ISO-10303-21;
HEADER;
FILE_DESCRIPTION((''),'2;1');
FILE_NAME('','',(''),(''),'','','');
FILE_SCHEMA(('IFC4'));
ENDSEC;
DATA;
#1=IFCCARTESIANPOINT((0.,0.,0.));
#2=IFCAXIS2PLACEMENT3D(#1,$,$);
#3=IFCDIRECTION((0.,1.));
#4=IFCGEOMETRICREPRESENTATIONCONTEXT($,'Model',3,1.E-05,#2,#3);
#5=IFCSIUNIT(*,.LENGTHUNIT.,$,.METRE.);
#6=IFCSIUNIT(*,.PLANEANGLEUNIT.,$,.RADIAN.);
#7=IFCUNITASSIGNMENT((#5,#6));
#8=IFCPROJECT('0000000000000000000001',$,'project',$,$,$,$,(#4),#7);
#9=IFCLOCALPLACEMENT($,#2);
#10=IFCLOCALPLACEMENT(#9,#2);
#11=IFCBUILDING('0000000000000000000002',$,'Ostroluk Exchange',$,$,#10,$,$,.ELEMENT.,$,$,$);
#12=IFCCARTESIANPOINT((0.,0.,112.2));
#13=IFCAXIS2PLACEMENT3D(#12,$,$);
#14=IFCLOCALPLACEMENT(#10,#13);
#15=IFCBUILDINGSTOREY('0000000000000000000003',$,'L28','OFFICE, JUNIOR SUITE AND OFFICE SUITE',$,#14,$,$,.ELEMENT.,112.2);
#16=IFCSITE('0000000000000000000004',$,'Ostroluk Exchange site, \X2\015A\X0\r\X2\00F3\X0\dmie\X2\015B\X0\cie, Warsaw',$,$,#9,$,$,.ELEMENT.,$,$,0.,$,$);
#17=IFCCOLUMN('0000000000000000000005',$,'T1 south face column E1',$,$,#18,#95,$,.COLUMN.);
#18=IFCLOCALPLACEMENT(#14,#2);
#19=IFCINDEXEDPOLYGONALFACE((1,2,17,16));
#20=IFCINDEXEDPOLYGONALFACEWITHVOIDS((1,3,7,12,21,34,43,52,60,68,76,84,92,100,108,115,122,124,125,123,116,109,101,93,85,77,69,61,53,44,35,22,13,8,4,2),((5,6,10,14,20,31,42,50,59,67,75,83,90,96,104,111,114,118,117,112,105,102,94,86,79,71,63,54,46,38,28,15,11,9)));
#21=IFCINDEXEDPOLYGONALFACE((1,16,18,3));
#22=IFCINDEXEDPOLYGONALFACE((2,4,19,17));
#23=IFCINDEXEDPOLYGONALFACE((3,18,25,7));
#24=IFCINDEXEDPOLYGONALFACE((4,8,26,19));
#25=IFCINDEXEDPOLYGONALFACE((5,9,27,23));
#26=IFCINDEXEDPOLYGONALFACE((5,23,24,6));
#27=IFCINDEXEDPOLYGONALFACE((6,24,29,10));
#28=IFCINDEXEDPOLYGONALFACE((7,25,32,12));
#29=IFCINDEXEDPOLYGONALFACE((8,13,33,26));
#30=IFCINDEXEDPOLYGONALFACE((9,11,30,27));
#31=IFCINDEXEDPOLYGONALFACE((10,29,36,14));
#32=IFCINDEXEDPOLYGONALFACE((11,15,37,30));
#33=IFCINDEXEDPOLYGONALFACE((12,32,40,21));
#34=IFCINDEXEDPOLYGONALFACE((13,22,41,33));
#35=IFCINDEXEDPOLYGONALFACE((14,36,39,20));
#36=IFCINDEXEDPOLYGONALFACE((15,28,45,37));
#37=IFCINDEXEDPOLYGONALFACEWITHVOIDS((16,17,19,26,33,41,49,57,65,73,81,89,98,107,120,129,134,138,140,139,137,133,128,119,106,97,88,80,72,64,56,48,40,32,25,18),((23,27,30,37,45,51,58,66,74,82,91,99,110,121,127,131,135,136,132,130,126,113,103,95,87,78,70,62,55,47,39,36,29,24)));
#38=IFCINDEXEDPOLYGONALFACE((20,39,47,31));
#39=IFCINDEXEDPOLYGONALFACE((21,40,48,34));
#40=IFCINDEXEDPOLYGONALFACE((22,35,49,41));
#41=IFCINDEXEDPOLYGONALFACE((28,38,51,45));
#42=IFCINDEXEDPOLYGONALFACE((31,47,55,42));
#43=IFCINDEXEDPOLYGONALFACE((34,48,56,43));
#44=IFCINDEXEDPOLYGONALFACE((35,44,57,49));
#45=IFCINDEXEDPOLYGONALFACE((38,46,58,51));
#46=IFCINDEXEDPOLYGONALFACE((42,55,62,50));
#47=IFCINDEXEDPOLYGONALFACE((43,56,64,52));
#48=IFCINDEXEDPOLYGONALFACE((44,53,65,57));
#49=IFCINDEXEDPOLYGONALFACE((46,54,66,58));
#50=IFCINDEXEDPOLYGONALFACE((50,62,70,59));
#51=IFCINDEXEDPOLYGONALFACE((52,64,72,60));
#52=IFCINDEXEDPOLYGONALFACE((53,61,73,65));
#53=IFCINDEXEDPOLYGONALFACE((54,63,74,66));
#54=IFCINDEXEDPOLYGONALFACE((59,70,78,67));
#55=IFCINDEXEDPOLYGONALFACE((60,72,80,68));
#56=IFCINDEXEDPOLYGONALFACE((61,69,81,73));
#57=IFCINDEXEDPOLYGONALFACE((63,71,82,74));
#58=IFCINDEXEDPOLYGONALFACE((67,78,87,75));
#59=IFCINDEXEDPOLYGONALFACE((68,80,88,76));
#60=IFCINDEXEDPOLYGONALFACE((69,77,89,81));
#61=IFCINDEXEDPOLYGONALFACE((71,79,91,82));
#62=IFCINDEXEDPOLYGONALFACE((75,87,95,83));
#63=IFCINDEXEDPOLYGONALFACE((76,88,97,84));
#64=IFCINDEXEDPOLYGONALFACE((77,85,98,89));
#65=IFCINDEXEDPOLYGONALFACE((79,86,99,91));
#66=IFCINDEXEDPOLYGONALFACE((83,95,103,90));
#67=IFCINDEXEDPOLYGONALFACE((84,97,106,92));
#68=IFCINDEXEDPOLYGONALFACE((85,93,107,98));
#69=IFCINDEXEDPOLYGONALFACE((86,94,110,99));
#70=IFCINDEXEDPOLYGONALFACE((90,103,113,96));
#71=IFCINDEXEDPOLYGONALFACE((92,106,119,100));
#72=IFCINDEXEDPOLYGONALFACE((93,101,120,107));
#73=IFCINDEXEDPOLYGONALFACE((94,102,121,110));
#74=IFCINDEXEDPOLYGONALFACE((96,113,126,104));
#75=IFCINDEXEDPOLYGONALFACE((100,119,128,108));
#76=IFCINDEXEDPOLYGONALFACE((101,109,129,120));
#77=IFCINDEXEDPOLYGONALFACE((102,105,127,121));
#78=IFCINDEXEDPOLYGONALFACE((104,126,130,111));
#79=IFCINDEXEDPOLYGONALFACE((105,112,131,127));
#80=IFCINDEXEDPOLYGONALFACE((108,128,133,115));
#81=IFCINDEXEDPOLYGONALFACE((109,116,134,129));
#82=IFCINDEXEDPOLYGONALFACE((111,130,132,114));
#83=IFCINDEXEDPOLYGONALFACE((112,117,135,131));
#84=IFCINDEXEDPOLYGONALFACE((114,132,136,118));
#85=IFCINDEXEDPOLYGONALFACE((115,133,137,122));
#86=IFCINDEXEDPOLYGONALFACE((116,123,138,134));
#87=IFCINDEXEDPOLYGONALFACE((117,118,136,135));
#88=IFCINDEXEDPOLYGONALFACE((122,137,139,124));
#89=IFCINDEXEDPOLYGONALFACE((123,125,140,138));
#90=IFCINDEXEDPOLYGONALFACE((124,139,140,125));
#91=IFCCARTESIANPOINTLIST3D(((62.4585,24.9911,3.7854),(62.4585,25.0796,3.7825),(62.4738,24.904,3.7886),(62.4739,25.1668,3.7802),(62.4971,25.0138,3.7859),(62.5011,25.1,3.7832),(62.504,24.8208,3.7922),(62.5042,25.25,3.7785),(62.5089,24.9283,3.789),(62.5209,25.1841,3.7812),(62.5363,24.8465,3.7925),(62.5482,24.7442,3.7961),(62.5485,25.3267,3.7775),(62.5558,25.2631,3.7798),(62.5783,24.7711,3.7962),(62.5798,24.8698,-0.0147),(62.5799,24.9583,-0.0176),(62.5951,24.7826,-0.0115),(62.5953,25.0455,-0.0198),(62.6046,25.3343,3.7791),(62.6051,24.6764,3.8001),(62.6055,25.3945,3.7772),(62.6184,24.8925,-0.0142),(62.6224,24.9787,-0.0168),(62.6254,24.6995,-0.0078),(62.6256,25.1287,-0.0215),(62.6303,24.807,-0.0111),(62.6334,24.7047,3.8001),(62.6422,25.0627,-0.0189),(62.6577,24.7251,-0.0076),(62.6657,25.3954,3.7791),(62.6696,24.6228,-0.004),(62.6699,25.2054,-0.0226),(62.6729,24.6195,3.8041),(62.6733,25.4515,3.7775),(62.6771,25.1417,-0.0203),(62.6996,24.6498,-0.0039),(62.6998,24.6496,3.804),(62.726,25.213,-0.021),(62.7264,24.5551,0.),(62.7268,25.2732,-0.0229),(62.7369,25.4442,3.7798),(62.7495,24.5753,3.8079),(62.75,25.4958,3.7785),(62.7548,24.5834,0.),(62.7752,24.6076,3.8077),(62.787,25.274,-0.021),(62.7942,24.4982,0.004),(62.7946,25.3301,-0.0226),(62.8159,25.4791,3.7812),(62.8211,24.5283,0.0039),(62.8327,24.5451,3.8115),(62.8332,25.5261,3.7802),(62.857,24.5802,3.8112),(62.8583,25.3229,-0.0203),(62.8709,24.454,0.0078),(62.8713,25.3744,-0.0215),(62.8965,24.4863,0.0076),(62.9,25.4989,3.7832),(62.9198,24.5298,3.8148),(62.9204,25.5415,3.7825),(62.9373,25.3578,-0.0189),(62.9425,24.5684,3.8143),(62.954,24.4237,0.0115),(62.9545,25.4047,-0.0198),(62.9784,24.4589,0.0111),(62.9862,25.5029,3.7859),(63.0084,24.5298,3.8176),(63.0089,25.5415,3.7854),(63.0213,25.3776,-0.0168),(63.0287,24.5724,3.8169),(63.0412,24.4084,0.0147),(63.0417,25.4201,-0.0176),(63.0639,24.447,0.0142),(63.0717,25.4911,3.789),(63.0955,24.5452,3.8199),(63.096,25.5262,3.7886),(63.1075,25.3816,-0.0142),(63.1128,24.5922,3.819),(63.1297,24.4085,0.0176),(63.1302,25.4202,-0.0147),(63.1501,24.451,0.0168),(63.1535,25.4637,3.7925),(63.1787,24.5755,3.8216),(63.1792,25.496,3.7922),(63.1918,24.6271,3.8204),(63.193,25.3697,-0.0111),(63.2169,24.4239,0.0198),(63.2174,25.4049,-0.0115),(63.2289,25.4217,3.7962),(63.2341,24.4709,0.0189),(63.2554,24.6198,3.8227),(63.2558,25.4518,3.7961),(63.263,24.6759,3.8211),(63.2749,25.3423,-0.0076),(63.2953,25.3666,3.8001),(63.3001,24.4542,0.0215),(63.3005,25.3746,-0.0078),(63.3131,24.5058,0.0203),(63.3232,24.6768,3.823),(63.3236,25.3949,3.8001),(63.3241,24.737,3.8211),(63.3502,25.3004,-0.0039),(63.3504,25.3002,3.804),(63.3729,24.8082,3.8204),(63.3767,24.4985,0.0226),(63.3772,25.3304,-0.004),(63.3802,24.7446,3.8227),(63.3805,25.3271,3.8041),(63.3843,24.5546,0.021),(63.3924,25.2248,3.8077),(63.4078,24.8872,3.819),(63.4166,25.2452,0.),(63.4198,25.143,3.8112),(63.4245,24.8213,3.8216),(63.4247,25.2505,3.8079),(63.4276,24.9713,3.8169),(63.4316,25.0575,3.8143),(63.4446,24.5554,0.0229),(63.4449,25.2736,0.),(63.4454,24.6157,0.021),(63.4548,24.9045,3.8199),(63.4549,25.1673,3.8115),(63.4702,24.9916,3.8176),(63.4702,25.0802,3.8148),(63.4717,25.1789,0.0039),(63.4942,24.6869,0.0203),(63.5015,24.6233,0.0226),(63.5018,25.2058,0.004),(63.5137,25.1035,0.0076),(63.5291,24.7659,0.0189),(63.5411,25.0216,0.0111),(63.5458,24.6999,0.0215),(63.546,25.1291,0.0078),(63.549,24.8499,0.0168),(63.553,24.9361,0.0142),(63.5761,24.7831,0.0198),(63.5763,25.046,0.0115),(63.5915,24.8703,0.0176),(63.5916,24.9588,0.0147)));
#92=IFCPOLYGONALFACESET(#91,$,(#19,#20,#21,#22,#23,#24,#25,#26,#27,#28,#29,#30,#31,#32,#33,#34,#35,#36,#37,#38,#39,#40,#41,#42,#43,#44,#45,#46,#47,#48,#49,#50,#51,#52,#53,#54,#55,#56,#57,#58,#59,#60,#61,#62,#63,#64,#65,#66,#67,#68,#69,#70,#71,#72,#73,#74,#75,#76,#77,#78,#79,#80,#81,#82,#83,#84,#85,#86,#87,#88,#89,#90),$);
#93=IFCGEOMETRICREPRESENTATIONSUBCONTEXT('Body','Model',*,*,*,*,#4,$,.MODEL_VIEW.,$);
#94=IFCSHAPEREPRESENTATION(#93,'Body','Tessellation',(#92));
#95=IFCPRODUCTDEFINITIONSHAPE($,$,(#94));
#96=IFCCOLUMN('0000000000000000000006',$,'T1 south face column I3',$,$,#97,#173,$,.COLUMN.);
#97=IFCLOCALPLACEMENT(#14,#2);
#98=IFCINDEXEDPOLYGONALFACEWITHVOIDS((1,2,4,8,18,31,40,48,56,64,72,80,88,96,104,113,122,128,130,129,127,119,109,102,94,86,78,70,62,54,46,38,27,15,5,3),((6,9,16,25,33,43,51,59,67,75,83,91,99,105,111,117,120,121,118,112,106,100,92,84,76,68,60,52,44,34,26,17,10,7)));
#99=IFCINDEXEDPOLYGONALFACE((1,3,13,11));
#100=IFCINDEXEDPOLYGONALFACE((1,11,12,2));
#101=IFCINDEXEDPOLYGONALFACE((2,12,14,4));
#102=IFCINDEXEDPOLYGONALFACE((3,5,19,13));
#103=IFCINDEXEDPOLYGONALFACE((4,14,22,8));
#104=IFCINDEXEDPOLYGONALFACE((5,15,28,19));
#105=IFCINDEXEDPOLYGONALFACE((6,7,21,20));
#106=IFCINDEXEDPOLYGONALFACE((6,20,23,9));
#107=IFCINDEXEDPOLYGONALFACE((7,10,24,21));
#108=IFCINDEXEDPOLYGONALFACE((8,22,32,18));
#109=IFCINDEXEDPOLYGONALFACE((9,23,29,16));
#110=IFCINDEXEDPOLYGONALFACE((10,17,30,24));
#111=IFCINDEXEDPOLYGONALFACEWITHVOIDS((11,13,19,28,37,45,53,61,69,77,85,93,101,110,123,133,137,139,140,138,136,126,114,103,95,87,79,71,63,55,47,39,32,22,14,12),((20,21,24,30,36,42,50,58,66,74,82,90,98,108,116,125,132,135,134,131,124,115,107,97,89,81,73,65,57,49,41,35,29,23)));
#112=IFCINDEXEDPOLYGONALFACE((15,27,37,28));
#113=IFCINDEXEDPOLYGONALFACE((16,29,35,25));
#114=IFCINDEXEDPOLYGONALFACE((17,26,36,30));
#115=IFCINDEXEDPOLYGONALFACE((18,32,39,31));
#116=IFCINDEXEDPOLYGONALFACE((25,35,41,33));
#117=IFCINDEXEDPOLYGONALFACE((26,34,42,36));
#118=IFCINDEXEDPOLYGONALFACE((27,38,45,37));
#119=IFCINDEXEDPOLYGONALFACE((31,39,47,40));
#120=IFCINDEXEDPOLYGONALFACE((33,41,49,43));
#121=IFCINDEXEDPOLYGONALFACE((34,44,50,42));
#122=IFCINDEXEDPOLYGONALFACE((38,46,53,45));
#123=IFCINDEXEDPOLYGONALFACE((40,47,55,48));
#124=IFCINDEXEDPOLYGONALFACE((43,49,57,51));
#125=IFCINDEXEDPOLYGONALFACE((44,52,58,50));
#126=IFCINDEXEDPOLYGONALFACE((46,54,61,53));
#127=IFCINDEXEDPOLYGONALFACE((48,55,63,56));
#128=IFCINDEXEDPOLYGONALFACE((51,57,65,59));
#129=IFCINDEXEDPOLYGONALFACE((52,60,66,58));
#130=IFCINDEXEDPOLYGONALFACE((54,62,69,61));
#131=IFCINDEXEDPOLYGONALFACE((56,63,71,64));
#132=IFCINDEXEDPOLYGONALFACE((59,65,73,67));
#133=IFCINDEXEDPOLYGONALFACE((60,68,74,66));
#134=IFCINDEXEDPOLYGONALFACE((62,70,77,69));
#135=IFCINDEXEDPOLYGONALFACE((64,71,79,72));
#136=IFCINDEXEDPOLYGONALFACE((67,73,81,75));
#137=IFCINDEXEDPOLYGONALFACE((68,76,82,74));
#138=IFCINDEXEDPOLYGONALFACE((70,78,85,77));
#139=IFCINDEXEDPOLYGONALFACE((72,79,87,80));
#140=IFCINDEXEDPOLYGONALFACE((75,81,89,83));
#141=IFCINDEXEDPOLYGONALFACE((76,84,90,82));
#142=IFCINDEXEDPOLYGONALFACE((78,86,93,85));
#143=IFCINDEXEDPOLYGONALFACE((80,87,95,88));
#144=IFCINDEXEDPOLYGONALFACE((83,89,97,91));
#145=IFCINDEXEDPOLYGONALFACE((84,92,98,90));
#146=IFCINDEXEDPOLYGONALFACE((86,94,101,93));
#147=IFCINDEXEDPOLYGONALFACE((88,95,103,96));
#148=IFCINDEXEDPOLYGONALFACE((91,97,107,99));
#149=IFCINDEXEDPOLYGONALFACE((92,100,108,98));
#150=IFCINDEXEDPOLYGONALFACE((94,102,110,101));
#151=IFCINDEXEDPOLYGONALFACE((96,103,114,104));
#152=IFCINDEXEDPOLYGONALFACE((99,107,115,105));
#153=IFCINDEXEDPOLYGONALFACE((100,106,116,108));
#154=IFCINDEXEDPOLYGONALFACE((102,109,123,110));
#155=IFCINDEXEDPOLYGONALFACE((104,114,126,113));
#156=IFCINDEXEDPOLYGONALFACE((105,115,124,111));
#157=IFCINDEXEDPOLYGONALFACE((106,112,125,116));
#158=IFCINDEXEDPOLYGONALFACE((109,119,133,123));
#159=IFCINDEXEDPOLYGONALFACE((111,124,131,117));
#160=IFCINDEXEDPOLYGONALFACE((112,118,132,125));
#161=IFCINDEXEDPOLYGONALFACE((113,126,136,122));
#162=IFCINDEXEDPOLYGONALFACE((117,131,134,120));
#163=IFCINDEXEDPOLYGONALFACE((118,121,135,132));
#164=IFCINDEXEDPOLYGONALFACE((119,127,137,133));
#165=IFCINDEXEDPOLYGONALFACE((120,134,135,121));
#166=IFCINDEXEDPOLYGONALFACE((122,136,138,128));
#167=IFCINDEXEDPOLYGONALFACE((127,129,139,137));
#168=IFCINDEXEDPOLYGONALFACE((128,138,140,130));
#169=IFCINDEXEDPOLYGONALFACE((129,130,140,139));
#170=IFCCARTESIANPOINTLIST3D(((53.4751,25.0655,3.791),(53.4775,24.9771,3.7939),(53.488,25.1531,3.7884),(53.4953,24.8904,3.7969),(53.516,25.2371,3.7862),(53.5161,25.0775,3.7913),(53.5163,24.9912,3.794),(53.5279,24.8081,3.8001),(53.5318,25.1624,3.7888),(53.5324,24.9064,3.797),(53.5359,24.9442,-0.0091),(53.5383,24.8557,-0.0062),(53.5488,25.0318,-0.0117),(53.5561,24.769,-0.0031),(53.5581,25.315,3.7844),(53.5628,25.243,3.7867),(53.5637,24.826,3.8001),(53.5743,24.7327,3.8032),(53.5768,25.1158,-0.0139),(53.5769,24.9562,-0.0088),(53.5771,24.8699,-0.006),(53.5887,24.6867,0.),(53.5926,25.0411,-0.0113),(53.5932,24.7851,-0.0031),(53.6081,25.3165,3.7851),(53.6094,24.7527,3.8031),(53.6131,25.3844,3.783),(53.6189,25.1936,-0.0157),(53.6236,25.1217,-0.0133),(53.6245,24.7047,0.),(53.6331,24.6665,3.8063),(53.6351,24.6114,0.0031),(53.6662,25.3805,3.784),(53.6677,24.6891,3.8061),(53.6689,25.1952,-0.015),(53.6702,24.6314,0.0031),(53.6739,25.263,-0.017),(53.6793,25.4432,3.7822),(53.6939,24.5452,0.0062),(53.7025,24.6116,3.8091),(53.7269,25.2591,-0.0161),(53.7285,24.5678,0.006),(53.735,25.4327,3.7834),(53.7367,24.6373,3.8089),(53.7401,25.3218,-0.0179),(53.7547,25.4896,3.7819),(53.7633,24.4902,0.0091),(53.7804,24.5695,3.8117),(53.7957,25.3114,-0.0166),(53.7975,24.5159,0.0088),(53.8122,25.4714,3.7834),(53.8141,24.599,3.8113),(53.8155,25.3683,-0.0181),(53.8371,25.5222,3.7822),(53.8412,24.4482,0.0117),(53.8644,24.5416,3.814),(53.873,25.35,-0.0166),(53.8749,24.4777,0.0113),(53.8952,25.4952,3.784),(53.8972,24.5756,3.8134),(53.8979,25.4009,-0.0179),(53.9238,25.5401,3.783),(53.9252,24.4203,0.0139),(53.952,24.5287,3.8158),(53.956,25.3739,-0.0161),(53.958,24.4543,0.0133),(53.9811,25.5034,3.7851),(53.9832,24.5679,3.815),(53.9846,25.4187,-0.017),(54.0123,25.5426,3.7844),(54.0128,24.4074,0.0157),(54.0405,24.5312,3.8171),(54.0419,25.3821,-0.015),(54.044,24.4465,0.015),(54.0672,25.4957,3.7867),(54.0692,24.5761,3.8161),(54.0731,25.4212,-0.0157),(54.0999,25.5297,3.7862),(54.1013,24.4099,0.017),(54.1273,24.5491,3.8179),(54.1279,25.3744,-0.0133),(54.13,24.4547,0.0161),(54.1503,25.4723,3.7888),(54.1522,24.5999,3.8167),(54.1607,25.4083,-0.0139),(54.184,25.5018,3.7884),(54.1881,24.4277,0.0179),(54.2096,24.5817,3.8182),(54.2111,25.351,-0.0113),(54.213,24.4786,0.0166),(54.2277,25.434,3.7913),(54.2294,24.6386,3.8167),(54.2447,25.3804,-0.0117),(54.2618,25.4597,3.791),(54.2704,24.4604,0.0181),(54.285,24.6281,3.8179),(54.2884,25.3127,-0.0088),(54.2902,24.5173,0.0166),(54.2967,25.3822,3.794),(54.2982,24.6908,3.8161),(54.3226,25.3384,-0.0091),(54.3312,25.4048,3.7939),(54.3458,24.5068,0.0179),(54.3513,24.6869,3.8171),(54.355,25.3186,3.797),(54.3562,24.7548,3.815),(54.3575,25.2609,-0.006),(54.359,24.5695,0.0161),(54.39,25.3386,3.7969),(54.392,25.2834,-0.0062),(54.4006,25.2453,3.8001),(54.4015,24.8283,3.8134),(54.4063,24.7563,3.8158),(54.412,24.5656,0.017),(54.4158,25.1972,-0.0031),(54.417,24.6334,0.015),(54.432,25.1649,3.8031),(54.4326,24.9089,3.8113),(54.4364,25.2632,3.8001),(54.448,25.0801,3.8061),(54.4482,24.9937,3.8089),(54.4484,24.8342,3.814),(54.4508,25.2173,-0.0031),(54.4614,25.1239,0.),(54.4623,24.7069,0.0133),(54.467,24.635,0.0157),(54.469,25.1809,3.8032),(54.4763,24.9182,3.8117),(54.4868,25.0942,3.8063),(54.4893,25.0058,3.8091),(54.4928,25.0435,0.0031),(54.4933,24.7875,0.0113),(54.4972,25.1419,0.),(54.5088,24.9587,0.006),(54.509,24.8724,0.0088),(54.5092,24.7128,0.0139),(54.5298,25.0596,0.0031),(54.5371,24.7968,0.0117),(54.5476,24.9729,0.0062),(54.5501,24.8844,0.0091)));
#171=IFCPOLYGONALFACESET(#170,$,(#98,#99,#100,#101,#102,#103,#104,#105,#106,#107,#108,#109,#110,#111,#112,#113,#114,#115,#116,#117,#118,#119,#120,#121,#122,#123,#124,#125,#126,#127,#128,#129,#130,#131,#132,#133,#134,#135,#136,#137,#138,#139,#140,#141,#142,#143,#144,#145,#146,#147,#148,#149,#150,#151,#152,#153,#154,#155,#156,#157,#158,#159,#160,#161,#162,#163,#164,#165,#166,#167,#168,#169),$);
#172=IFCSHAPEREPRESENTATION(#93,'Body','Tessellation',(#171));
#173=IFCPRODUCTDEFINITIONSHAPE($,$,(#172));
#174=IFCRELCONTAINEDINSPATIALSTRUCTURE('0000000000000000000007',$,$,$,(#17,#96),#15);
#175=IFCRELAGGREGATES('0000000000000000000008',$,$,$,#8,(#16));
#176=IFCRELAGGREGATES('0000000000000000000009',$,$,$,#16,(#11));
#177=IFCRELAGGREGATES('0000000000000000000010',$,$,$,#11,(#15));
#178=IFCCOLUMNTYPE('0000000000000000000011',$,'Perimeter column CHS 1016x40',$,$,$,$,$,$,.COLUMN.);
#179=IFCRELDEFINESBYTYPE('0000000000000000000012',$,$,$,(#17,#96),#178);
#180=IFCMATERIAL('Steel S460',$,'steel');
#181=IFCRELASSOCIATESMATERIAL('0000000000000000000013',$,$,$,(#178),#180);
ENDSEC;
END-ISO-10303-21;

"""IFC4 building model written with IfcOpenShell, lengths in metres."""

from ifc_helpers import new_model, si_unit, direction, frame, origin, origin_2d, place, context, subcontext, project, spatial, hollow_circle, extrude, material, material_profile, profile_set, type_object, element, save


model = new_model("IFC4")

# Units and contexts
model_context = context("Model", 3, precision=1e-05, world=origin(), true_north=direction((0.0, 1.0)))
body_context = subcontext(model_context, "Body", "Model", "MODEL_VIEW")
ifc_project = project(units=[si_unit("LENGTHUNIT", "METRE"), si_unit("PLANEANGLEUNIT", "RADIAN")], contexts=[model_context])

# Site, building, storey
site_placement = place(None, origin())
site = spatial("IfcSite", under=ifc_project, at=site_placement, Name="Ostroluk Exchange site, Śródmieście, Warsaw", CompositionType="ELEMENT", RefElevation=0.0)
building_placement = place(site_placement, origin())
building = spatial("IfcBuilding", under=site, at=building_placement, Name="Ostroluk Exchange", CompositionType="ELEMENT")
storey_placement = place(building_placement, frame((0.0, 0.0, 112.2)))
storey = spatial("IfcBuildingStorey", under=building, at=storey_placement, Name="L28", Description="OFFICE, JUNIOR SUITE AND OFFICE SUITE", CompositionType="ELEMENT", Elevation=112.2)

# Columns
ifc_material_1 = material(Name="Steel S460", Category="steel")
ifc_material_profile_1 = material_profile(ifc_material_1, hollow_circle(Radius=0.5081, WallThickness=0.04, at=origin_2d()), Name="CHS 1016x40")
ifc_profile_set_1 = profile_set([ifc_material_profile_1], Name="Steel S460")
column_type = type_object("IfcColumnType", Name="Perimeter column CHS 1016x40", PredefinedType="COLUMN", material=ifc_profile_set_1)
column_1_placement = place(storey_placement, frame((63.0857, 24.9143, 0.0), z_axis=(-0.031898, 0.031898, 0.998982), x_axis=(-0.707107, -0.707107, 0.0)))
element("IfcColumn", 1, at=column_1_placement, inside=storey, type_object=column_type, Name="T1 south face column E1", PredefinedType="COLUMN", context=body_context, shape_type="SweptSolid", body=[
    extrude(hollow_circle(Radius=0.5081, WallThickness=0.04, at=origin_2d()), origin(), (0.0, 0.0, 1.0), 3.804),
])
column_2_placement = place(storey_placement, frame((54.043, 24.9143, 0.0), z_axis=(-0.015987, 0.03191, 0.999363), x_axis=(-0.894067, -0.447933, 0.0)))
element("IfcColumn", 2, at=column_2_placement, inside=storey, type_object=column_type, Name="T1 south face column I3", PredefinedType="COLUMN", context=body_context, shape_type="SweptSolid", body=[
    extrude(hollow_circle(Radius=0.5081, WallThickness=0.04, at=origin_2d()), origin(), (0.0, 0.0, 1.0), 3.8025),
])

save(model, "model.ifc")
